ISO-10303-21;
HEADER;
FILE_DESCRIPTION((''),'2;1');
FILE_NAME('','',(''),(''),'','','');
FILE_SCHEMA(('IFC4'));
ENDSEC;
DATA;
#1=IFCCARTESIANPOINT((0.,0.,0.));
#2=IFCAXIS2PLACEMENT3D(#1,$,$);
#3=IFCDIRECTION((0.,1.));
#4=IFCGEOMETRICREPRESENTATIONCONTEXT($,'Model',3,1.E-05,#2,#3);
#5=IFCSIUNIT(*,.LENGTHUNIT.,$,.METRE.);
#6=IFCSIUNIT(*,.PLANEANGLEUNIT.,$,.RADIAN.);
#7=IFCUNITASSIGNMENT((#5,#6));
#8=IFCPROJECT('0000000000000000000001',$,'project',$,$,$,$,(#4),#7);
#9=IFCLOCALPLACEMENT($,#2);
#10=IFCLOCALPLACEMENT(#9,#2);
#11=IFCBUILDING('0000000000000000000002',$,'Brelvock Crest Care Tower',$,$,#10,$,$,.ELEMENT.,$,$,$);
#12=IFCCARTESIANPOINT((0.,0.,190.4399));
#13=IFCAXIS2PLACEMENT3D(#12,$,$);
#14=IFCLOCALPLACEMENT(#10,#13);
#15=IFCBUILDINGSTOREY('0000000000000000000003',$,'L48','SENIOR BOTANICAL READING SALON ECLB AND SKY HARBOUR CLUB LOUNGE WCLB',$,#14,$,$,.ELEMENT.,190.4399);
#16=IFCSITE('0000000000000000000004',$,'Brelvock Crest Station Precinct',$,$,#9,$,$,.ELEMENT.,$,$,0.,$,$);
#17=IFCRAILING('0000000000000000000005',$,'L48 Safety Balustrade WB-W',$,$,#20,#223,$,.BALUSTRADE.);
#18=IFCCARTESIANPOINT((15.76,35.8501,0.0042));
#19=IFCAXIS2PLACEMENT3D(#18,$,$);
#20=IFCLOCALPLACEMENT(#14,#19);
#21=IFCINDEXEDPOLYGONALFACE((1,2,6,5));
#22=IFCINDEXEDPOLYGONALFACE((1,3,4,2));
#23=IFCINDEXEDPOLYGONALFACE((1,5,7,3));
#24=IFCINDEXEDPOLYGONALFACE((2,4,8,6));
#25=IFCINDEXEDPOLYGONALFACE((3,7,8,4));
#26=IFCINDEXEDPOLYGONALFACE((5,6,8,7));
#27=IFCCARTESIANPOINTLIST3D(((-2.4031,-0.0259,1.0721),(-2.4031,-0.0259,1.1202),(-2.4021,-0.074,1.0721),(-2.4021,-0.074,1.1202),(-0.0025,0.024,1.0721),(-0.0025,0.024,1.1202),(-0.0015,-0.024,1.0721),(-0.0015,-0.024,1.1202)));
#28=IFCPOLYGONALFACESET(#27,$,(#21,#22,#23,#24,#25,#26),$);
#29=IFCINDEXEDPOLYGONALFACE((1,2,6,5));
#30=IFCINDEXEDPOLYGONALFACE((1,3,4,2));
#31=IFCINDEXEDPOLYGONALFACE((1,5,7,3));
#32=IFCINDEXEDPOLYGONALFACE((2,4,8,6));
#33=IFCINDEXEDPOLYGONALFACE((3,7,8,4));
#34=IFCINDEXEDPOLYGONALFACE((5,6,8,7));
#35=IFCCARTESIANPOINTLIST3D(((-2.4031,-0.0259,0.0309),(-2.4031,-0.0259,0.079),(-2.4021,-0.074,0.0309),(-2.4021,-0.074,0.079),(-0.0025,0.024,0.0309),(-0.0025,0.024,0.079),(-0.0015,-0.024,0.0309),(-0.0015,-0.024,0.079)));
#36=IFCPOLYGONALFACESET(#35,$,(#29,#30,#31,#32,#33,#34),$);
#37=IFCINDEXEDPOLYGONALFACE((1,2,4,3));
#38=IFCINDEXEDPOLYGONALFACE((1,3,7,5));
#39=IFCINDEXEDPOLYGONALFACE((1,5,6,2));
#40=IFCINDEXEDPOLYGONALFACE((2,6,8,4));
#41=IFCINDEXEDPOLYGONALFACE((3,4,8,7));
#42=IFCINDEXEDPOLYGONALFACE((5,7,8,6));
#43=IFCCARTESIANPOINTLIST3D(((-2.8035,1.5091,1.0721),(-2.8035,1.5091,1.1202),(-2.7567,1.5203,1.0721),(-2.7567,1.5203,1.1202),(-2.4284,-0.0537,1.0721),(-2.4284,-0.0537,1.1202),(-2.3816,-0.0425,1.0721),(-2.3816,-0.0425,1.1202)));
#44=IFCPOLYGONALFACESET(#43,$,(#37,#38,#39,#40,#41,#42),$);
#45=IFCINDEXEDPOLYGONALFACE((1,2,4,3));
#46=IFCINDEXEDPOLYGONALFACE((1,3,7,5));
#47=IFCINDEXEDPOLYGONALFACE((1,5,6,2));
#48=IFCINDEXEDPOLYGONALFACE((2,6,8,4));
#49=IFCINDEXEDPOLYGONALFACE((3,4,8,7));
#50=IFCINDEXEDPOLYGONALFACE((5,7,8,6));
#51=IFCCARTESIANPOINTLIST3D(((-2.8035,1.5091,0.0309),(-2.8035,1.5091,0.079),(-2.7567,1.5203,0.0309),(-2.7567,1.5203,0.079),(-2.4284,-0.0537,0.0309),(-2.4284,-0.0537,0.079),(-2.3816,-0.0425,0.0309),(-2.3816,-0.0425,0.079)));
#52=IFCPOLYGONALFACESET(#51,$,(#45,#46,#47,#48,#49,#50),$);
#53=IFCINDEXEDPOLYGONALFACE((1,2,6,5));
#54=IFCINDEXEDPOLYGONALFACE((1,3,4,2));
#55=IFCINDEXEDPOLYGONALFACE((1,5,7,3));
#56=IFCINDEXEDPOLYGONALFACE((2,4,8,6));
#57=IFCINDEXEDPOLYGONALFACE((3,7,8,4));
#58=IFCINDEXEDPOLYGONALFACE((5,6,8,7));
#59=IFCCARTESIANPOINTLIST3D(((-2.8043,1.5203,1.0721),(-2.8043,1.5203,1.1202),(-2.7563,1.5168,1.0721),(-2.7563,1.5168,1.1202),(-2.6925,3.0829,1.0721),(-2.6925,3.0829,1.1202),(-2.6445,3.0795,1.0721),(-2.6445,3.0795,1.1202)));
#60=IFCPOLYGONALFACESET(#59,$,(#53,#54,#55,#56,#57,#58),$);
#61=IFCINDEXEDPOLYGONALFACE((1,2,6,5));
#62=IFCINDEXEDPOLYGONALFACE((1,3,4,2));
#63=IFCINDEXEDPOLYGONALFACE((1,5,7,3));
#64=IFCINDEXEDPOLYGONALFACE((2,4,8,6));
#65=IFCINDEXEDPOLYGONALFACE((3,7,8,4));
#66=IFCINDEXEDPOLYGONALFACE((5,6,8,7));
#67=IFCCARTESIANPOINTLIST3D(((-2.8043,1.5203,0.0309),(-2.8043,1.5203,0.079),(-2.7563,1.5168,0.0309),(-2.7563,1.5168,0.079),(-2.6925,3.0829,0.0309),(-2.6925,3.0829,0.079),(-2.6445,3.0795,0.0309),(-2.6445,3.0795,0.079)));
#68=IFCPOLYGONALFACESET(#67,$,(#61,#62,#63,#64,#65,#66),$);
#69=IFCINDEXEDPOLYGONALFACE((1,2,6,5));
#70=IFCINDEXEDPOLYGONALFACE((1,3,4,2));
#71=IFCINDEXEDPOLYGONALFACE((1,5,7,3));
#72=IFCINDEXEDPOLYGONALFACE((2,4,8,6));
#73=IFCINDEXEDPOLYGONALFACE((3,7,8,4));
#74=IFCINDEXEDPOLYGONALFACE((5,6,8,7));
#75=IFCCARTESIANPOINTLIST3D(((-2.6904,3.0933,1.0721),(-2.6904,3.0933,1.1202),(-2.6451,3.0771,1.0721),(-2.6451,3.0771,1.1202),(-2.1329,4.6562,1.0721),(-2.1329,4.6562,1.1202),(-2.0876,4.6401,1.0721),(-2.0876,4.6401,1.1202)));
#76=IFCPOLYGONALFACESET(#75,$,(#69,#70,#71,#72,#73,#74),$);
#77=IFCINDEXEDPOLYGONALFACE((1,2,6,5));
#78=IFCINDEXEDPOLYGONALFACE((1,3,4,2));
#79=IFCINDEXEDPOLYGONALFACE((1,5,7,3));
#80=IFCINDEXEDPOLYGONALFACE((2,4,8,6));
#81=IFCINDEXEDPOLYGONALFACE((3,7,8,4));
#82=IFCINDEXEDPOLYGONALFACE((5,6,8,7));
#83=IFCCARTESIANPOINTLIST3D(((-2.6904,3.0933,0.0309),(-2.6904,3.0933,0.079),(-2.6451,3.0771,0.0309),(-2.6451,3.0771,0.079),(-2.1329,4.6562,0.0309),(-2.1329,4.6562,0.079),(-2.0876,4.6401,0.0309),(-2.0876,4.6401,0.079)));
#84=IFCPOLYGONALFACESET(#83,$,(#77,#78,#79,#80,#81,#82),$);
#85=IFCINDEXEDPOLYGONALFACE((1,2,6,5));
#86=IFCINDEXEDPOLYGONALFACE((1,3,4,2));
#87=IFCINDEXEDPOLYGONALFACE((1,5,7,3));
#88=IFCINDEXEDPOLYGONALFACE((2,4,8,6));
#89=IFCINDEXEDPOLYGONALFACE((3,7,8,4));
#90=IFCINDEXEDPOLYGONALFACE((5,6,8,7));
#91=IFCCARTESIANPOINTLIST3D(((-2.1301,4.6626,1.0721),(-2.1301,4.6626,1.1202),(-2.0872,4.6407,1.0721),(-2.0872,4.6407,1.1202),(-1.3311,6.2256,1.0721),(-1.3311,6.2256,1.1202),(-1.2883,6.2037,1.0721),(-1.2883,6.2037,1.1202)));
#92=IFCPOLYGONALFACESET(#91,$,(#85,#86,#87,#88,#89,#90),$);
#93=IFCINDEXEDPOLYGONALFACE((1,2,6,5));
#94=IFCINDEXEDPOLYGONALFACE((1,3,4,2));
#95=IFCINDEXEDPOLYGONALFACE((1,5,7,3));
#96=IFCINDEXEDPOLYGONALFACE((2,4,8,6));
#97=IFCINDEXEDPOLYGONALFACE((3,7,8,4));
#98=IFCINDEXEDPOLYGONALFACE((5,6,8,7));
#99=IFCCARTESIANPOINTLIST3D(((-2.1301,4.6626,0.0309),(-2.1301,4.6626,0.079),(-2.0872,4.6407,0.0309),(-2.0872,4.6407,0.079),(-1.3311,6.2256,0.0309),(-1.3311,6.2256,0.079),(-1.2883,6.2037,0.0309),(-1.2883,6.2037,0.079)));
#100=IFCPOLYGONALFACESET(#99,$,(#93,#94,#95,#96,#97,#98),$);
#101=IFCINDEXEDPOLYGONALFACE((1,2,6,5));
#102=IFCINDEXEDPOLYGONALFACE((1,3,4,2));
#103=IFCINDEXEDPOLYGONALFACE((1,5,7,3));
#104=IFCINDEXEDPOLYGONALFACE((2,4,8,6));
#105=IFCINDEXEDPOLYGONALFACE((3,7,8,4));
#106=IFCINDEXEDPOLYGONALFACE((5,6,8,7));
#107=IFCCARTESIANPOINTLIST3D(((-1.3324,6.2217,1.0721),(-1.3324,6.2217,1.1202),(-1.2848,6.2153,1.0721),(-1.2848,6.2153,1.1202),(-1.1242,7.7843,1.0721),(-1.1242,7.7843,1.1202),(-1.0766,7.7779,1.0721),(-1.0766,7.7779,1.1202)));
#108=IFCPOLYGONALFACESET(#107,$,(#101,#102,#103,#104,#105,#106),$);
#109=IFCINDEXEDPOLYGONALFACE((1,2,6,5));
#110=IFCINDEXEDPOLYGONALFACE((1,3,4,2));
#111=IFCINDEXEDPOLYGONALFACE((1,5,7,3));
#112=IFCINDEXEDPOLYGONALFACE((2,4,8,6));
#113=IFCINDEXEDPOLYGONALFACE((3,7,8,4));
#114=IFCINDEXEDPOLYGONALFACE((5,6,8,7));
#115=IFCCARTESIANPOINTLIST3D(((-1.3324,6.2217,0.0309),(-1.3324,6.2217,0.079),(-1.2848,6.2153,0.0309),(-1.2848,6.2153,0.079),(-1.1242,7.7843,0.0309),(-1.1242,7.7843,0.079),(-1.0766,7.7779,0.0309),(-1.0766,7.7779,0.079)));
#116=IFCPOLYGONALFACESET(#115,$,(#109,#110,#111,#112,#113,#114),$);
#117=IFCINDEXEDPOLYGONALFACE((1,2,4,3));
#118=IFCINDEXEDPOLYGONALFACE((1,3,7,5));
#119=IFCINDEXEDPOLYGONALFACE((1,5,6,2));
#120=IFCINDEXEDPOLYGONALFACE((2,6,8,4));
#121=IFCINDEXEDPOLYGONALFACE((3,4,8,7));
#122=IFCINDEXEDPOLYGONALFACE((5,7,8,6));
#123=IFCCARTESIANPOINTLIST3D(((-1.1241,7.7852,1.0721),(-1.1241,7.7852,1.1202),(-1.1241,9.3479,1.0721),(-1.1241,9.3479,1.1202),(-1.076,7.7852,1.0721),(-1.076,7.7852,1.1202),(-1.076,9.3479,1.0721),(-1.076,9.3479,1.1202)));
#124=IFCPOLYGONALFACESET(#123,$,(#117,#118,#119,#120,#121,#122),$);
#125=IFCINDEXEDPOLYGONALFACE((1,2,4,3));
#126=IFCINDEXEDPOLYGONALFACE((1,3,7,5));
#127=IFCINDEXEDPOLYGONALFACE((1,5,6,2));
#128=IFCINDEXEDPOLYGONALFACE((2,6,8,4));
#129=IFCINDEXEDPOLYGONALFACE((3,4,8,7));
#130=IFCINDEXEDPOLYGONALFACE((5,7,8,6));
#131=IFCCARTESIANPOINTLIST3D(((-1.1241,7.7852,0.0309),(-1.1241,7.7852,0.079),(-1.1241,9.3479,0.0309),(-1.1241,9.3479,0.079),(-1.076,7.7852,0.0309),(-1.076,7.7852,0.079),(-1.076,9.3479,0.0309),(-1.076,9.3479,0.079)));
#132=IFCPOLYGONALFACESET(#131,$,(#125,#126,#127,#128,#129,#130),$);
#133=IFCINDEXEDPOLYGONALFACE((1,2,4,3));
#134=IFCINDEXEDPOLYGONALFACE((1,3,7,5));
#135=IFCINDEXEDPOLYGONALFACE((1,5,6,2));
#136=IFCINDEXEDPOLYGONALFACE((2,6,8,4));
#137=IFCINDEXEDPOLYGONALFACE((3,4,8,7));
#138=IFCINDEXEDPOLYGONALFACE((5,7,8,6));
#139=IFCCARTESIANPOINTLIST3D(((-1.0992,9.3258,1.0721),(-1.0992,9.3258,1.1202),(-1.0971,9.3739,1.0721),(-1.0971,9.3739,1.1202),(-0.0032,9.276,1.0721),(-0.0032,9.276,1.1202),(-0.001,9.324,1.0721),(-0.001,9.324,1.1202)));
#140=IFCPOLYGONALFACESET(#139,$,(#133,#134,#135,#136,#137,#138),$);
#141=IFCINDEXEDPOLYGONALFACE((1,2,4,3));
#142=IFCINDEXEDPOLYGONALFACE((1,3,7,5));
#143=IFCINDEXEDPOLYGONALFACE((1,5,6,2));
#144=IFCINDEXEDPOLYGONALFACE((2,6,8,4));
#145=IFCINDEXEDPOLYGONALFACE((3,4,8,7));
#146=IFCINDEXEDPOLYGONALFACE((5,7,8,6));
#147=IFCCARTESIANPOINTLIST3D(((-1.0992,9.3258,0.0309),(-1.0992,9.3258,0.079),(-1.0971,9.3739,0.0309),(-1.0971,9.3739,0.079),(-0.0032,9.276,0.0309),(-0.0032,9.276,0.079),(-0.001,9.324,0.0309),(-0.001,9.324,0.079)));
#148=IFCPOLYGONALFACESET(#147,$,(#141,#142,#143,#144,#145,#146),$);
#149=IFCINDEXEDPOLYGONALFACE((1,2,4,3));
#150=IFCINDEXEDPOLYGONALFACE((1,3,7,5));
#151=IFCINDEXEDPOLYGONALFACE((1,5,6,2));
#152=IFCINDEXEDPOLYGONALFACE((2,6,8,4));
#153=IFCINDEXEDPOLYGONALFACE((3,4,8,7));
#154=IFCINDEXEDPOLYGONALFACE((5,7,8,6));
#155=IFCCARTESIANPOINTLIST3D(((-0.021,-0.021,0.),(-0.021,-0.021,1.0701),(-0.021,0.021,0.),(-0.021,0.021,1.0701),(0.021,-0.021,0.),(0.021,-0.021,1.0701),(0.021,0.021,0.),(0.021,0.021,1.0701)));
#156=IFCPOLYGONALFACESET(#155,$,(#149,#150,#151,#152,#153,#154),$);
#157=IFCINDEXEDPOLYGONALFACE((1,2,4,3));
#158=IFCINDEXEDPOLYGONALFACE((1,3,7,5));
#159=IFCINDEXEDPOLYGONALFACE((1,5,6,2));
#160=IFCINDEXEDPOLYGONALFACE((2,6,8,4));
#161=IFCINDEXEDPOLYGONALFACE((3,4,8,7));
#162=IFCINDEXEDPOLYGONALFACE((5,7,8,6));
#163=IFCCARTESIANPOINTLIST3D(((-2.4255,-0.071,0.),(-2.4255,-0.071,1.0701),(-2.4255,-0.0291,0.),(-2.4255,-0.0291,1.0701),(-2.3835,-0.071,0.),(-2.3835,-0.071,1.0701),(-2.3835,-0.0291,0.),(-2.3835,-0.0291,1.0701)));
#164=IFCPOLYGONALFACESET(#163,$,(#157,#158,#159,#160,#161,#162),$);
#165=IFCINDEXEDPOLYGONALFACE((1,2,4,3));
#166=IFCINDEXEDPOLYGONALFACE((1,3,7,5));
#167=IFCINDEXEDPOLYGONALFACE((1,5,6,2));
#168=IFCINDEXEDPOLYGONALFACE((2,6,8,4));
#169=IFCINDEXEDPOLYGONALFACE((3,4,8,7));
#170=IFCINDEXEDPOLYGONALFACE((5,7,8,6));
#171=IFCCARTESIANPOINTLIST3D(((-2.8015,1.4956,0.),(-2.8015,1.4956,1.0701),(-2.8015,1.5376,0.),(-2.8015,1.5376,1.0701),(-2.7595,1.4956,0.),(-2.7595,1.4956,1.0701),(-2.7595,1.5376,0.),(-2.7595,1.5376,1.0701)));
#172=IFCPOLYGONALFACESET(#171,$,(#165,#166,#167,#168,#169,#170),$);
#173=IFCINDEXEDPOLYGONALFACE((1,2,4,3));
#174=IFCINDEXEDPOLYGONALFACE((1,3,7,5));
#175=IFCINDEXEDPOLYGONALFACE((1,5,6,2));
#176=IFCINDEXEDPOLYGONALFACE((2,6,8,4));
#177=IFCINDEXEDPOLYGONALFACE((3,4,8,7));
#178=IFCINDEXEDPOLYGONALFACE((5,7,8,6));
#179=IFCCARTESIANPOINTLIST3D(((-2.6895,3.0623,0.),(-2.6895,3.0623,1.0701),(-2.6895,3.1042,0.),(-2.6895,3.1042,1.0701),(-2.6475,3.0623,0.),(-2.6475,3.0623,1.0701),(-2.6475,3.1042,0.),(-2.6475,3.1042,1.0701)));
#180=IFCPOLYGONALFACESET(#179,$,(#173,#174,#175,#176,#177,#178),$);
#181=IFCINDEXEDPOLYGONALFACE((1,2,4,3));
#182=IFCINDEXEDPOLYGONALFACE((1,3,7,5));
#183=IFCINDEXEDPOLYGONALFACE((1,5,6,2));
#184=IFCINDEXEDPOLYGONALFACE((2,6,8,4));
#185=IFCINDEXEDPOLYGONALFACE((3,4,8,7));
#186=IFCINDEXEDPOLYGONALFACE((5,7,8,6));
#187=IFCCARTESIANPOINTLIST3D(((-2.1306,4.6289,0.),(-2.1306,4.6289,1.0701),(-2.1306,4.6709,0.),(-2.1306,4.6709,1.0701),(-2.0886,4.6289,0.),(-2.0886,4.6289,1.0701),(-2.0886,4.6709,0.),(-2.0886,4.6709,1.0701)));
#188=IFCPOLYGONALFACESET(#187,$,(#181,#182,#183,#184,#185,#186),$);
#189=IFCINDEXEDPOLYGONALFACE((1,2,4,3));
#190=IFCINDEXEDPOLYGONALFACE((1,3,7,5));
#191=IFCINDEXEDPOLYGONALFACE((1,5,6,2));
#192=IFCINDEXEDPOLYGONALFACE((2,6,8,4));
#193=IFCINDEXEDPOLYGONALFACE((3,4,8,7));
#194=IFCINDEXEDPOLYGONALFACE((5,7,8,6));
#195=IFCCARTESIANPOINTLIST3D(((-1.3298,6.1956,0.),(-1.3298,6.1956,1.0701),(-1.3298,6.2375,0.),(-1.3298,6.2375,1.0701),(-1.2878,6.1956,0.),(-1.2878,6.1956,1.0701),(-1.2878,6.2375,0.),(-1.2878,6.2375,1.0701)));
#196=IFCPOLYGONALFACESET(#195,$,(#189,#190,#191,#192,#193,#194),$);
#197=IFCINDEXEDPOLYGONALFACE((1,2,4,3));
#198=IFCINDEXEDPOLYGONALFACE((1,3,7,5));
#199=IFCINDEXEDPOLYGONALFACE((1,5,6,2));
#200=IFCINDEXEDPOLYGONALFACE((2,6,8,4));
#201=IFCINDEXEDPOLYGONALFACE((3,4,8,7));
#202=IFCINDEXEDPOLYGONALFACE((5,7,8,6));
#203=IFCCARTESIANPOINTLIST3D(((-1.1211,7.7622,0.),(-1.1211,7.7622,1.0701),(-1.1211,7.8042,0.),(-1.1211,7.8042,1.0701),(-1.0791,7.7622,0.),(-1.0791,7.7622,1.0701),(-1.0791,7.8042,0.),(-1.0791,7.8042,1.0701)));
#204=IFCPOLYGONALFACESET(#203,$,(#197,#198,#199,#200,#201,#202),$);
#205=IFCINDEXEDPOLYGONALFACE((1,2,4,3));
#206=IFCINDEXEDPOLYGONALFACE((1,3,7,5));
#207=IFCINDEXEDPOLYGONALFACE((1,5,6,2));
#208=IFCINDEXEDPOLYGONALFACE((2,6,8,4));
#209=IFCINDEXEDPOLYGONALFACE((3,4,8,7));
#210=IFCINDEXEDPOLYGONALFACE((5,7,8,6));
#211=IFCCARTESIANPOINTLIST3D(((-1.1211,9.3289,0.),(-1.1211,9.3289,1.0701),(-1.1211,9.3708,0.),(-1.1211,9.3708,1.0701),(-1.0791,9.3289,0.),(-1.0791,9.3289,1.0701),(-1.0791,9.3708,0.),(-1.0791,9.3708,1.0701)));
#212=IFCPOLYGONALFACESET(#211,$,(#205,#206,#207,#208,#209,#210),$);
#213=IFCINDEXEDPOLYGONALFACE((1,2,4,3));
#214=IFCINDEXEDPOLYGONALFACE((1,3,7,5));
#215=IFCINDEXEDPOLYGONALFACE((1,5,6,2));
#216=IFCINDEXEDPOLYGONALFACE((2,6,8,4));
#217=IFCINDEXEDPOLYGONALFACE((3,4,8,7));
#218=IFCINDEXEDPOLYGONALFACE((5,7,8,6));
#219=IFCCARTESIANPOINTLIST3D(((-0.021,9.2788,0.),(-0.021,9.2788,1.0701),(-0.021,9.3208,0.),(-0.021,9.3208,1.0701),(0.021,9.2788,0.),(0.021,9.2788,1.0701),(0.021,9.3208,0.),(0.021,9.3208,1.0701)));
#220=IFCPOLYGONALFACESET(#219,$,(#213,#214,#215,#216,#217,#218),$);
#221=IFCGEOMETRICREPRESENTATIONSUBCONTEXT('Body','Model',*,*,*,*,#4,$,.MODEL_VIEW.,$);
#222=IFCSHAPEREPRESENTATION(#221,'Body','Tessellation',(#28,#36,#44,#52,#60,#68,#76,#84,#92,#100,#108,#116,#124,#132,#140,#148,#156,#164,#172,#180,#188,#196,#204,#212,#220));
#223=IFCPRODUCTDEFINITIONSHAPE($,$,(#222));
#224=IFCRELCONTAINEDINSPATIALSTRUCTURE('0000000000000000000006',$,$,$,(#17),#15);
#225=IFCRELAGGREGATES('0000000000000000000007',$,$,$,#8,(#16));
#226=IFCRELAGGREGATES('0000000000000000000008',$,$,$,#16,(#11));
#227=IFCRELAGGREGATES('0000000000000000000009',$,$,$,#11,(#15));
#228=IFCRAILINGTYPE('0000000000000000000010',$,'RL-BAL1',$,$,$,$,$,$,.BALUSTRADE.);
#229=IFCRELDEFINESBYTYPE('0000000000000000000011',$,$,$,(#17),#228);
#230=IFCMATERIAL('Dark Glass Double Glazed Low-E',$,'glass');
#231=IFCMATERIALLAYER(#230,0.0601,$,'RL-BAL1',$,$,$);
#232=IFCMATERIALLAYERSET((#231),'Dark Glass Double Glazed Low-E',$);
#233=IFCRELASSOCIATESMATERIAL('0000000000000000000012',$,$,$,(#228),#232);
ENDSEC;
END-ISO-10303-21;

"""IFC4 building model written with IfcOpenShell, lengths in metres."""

from ifc_helpers import new_model, si_unit, direction, frame, origin, origin_2d, place, context, subcontext, project, spatial, rectangle, extrude, material, layer, layer_set, type_object, element, save


model = new_model("IFC4")

# Units and contexts
model_context = context("Model", 3, precision=1e-05, world=origin(), true_north=direction((0.0, 1.0)))
body_context = subcontext(model_context, "Body", "Model", "MODEL_VIEW")
ifc_project = project(units=[si_unit("LENGTHUNIT", "METRE"), si_unit("PLANEANGLEUNIT", "RADIAN")], contexts=[model_context])

# Site, building, storey
site_placement = place(None, origin())
site = spatial("IfcSite", under=ifc_project, at=site_placement, Name="Brelvock Crest Station Precinct", CompositionType="ELEMENT", RefElevation=0.0)
building_placement = place(site_placement, origin())
building = spatial("IfcBuilding", under=site, at=building_placement, Name="Brelvock Crest Care Tower", CompositionType="ELEMENT")
storey_placement = place(building_placement, frame((0.0, 0.0, 190.4399)))
storey = spatial("IfcBuildingStorey", under=building, at=storey_placement, Name="L48", Description="SENIOR BOTANICAL READING SALON ECLB AND SKY HARBOUR CLUB LOUNGE WCLB", CompositionType="ELEMENT", Elevation=190.4399)

# Shared definitions
ifc_material_1 = material(Name="Dark Glass Double Glazed Low-E", Category="glass")

# Railing
ifc_layer_1 = layer(ifc_material_1, 0.0601, Name="RL-BAL1")
ifc_layer_set_1 = layer_set([ifc_layer_1], Name="Dark Glass Double Glazed Low-E")
railing_type = type_object("IfcRailingType", Name="RL-BAL1", PredefinedType="BALUSTRADE", material=ifc_layer_set_1)
railing_placement = place(storey_placement, frame((15.76, 35.8501, 0.0042)))
element("IfcRailing", 1, at=railing_placement, inside=storey, type_object=railing_type, Name="L48 Safety Balustrade WB-W", PredefinedType="BALUSTRADE", context=body_context, shape_type="SweptSolid", body=[
    extrude(rectangle(XDim=0.0481, YDim=0.0481, at=origin_2d()), frame((-0.002, 0.0, 1.0962), z_axis=(-0.999783, -0.02081, 0.0), x_axis=(0.02081, -0.999783, 0.0)), (0.0, 0.0, 1.0), 2.4011),
    extrude(rectangle(XDim=0.0481, YDim=0.0481, at=origin_2d()), frame((-0.002, 0.0, 0.0549), z_axis=(-0.999783, -0.02081, 0.0), x_axis=(0.02081, -0.999783, 0.0)), (0.0, 0.0, 1.0), 2.4011),
    extrude(rectangle(XDim=0.0481, YDim=0.0481, at=origin_2d()), frame((-2.405, -0.0481, 1.0962), z_axis=(-0.233361, 0.97239, 0.0), x_axis=(-0.97239, -0.233361, 0.0)), (0.0, 0.0, 1.0), 1.6072),
    extrude(rectangle(XDim=0.0481, YDim=0.0481, at=origin_2d()), frame((-2.405, -0.0481, 0.0549), z_axis=(-0.233361, 0.97239, 0.0), x_axis=(-0.97239, -0.233361, 0.0)), (0.0, 0.0, 1.0), 1.6072),
    extrude(rectangle(XDim=0.0481, YDim=0.0481, at=origin_2d()), frame((-2.7803, 1.5186, 1.0962), z_axis=(0.071346, 0.997452, 0.0), x_axis=(-0.997452, 0.071346, 0.0)), (0.0, 0.0, 1.0), 1.5667),
    extrude(rectangle(XDim=0.0481, YDim=0.0481, at=origin_2d()), frame((-2.7803, 1.5186, 0.0549), z_axis=(0.071346, 0.997452, 0.0), x_axis=(-0.997452, 0.071346, 0.0)), (0.0, 0.0, 1.0), 1.5667),
    extrude(rectangle(XDim=0.0481, YDim=0.0481, at=origin_2d()), frame((-2.6677, 3.0852, 1.0962), z_axis=(0.335974, 0.941871, 0.0), x_axis=(-0.941871, 0.335974, 0.0)), (0.0, 0.0, 1.0), 1.6594),
    extrude(rectangle(XDim=0.0481, YDim=0.0481, at=origin_2d()), frame((-2.6677, 3.0852, 0.0549), z_axis=(0.335974, 0.941871, 0.0), x_axis=(-0.941871, 0.335974, 0.0)), (0.0, 0.0, 1.0), 1.6594),
    extrude(rectangle(XDim=0.0481, YDim=0.0481, at=origin_2d()), frame((-2.1086, 4.6516, 1.0962), z_axis=(0.455133, 0.890423, 0.0), x_axis=(-0.890423, 0.455133, 0.0)), (0.0, 0.0, 1.0), 1.7554),
    extrude(rectangle(XDim=0.0481, YDim=0.0481, at=origin_2d()), frame((-2.1086, 4.6516, 0.0549), z_axis=(0.455133, 0.890423, 0.0), x_axis=(-0.890423, 0.455133, 0.0)), (0.0, 0.0, 1.0), 1.7554),
    extrude(rectangle(XDim=0.0481, YDim=0.0481, at=origin_2d()), frame((-1.3086, 6.2185, 1.0962), z_axis=(0.132073, 0.99124, 0.0), x_axis=(-0.99124, 0.132073, 0.0)), (0.0, 0.0, 1.0), 1.5764),
    extrude(rectangle(XDim=0.0481, YDim=0.0481, at=origin_2d()), frame((-1.3086, 6.2185, 0.0549), z_axis=(0.132073, 0.99124, 0.0), x_axis=(-0.99124, 0.132073, 0.0)), (0.0, 0.0, 1.0), 1.5764),
    extrude(rectangle(XDim=0.0481, YDim=0.0481, at=origin_2d()), frame((-1.1001, 7.7852, 1.0962), z_axis=(0.0, 1.0, 0.0), x_axis=(-1.0, 0.0, 0.0)), (0.0, 0.0, 1.0), 1.5627),
    extrude(rectangle(XDim=0.0481, YDim=0.0481, at=origin_2d()), frame((-1.1001, 7.7852, 0.0549), z_axis=(0.0, 1.0, 0.0), x_axis=(-1.0, 0.0, 0.0)), (0.0, 0.0, 1.0), 1.5627),
    extrude(rectangle(XDim=0.0481, YDim=0.0481, at=origin_2d()), frame((-1.0981, 9.3499, 1.0962), z_axis=(0.998967, -0.045448, 0.0), x_axis=(0.045448, 0.998967, 0.0)), (0.0, 0.0, 1.0), 1.0972),
    extrude(rectangle(XDim=0.0481, YDim=0.0481, at=origin_2d()), frame((-1.0981, 9.3499, 0.0549), z_axis=(0.998967, -0.045448, 0.0), x_axis=(0.045448, 0.998967, 0.0)), (0.0, 0.0, 1.0), 1.0972),
    extrude(rectangle(XDim=0.042, YDim=0.042, at=origin_2d()), origin(), (0.0, 0.0, 1.0), 1.0701),
    extrude(rectangle(XDim=0.042, YDim=0.042, at=origin_2d()), frame((-2.4045, -0.05, 0.0)), (0.0, 0.0, 1.0), 1.0701),
    extrude(rectangle(XDim=0.042, YDim=0.042, at=origin_2d()), frame((-2.7805, 1.5166, 0.0)), (0.0, 0.0, 1.0), 1.0701),
    extrude(rectangle(XDim=0.042, YDim=0.042, at=origin_2d()), frame((-2.6685, 3.0833, 0.0)), (0.0, 0.0, 1.0), 1.0701),
    extrude(rectangle(XDim=0.042, YDim=0.042, at=origin_2d()), frame((-2.1096, 4.6499, 0.0)), (0.0, 0.0, 1.0), 1.0701),
    extrude(rectangle(XDim=0.042, YDim=0.042, at=origin_2d()), frame((-1.3088, 6.2166, 0.0)), (0.0, 0.0, 1.0), 1.0701),
    extrude(rectangle(XDim=0.042, YDim=0.042, at=origin_2d()), frame((-1.1001, 7.7832, 0.0)), (0.0, 0.0, 1.0), 1.0701),
    extrude(rectangle(XDim=0.042, YDim=0.042, at=origin_2d()), frame((-1.1001, 9.3499, 0.0)), (0.0, 0.0, 1.0), 1.0701),
    extrude(rectangle(XDim=0.042, YDim=0.042, at=origin_2d()), frame((0.0, 9.2998, 0.0)), (0.0, 0.0, 1.0), 1.0701),
])

save(model, "model.ifc")
